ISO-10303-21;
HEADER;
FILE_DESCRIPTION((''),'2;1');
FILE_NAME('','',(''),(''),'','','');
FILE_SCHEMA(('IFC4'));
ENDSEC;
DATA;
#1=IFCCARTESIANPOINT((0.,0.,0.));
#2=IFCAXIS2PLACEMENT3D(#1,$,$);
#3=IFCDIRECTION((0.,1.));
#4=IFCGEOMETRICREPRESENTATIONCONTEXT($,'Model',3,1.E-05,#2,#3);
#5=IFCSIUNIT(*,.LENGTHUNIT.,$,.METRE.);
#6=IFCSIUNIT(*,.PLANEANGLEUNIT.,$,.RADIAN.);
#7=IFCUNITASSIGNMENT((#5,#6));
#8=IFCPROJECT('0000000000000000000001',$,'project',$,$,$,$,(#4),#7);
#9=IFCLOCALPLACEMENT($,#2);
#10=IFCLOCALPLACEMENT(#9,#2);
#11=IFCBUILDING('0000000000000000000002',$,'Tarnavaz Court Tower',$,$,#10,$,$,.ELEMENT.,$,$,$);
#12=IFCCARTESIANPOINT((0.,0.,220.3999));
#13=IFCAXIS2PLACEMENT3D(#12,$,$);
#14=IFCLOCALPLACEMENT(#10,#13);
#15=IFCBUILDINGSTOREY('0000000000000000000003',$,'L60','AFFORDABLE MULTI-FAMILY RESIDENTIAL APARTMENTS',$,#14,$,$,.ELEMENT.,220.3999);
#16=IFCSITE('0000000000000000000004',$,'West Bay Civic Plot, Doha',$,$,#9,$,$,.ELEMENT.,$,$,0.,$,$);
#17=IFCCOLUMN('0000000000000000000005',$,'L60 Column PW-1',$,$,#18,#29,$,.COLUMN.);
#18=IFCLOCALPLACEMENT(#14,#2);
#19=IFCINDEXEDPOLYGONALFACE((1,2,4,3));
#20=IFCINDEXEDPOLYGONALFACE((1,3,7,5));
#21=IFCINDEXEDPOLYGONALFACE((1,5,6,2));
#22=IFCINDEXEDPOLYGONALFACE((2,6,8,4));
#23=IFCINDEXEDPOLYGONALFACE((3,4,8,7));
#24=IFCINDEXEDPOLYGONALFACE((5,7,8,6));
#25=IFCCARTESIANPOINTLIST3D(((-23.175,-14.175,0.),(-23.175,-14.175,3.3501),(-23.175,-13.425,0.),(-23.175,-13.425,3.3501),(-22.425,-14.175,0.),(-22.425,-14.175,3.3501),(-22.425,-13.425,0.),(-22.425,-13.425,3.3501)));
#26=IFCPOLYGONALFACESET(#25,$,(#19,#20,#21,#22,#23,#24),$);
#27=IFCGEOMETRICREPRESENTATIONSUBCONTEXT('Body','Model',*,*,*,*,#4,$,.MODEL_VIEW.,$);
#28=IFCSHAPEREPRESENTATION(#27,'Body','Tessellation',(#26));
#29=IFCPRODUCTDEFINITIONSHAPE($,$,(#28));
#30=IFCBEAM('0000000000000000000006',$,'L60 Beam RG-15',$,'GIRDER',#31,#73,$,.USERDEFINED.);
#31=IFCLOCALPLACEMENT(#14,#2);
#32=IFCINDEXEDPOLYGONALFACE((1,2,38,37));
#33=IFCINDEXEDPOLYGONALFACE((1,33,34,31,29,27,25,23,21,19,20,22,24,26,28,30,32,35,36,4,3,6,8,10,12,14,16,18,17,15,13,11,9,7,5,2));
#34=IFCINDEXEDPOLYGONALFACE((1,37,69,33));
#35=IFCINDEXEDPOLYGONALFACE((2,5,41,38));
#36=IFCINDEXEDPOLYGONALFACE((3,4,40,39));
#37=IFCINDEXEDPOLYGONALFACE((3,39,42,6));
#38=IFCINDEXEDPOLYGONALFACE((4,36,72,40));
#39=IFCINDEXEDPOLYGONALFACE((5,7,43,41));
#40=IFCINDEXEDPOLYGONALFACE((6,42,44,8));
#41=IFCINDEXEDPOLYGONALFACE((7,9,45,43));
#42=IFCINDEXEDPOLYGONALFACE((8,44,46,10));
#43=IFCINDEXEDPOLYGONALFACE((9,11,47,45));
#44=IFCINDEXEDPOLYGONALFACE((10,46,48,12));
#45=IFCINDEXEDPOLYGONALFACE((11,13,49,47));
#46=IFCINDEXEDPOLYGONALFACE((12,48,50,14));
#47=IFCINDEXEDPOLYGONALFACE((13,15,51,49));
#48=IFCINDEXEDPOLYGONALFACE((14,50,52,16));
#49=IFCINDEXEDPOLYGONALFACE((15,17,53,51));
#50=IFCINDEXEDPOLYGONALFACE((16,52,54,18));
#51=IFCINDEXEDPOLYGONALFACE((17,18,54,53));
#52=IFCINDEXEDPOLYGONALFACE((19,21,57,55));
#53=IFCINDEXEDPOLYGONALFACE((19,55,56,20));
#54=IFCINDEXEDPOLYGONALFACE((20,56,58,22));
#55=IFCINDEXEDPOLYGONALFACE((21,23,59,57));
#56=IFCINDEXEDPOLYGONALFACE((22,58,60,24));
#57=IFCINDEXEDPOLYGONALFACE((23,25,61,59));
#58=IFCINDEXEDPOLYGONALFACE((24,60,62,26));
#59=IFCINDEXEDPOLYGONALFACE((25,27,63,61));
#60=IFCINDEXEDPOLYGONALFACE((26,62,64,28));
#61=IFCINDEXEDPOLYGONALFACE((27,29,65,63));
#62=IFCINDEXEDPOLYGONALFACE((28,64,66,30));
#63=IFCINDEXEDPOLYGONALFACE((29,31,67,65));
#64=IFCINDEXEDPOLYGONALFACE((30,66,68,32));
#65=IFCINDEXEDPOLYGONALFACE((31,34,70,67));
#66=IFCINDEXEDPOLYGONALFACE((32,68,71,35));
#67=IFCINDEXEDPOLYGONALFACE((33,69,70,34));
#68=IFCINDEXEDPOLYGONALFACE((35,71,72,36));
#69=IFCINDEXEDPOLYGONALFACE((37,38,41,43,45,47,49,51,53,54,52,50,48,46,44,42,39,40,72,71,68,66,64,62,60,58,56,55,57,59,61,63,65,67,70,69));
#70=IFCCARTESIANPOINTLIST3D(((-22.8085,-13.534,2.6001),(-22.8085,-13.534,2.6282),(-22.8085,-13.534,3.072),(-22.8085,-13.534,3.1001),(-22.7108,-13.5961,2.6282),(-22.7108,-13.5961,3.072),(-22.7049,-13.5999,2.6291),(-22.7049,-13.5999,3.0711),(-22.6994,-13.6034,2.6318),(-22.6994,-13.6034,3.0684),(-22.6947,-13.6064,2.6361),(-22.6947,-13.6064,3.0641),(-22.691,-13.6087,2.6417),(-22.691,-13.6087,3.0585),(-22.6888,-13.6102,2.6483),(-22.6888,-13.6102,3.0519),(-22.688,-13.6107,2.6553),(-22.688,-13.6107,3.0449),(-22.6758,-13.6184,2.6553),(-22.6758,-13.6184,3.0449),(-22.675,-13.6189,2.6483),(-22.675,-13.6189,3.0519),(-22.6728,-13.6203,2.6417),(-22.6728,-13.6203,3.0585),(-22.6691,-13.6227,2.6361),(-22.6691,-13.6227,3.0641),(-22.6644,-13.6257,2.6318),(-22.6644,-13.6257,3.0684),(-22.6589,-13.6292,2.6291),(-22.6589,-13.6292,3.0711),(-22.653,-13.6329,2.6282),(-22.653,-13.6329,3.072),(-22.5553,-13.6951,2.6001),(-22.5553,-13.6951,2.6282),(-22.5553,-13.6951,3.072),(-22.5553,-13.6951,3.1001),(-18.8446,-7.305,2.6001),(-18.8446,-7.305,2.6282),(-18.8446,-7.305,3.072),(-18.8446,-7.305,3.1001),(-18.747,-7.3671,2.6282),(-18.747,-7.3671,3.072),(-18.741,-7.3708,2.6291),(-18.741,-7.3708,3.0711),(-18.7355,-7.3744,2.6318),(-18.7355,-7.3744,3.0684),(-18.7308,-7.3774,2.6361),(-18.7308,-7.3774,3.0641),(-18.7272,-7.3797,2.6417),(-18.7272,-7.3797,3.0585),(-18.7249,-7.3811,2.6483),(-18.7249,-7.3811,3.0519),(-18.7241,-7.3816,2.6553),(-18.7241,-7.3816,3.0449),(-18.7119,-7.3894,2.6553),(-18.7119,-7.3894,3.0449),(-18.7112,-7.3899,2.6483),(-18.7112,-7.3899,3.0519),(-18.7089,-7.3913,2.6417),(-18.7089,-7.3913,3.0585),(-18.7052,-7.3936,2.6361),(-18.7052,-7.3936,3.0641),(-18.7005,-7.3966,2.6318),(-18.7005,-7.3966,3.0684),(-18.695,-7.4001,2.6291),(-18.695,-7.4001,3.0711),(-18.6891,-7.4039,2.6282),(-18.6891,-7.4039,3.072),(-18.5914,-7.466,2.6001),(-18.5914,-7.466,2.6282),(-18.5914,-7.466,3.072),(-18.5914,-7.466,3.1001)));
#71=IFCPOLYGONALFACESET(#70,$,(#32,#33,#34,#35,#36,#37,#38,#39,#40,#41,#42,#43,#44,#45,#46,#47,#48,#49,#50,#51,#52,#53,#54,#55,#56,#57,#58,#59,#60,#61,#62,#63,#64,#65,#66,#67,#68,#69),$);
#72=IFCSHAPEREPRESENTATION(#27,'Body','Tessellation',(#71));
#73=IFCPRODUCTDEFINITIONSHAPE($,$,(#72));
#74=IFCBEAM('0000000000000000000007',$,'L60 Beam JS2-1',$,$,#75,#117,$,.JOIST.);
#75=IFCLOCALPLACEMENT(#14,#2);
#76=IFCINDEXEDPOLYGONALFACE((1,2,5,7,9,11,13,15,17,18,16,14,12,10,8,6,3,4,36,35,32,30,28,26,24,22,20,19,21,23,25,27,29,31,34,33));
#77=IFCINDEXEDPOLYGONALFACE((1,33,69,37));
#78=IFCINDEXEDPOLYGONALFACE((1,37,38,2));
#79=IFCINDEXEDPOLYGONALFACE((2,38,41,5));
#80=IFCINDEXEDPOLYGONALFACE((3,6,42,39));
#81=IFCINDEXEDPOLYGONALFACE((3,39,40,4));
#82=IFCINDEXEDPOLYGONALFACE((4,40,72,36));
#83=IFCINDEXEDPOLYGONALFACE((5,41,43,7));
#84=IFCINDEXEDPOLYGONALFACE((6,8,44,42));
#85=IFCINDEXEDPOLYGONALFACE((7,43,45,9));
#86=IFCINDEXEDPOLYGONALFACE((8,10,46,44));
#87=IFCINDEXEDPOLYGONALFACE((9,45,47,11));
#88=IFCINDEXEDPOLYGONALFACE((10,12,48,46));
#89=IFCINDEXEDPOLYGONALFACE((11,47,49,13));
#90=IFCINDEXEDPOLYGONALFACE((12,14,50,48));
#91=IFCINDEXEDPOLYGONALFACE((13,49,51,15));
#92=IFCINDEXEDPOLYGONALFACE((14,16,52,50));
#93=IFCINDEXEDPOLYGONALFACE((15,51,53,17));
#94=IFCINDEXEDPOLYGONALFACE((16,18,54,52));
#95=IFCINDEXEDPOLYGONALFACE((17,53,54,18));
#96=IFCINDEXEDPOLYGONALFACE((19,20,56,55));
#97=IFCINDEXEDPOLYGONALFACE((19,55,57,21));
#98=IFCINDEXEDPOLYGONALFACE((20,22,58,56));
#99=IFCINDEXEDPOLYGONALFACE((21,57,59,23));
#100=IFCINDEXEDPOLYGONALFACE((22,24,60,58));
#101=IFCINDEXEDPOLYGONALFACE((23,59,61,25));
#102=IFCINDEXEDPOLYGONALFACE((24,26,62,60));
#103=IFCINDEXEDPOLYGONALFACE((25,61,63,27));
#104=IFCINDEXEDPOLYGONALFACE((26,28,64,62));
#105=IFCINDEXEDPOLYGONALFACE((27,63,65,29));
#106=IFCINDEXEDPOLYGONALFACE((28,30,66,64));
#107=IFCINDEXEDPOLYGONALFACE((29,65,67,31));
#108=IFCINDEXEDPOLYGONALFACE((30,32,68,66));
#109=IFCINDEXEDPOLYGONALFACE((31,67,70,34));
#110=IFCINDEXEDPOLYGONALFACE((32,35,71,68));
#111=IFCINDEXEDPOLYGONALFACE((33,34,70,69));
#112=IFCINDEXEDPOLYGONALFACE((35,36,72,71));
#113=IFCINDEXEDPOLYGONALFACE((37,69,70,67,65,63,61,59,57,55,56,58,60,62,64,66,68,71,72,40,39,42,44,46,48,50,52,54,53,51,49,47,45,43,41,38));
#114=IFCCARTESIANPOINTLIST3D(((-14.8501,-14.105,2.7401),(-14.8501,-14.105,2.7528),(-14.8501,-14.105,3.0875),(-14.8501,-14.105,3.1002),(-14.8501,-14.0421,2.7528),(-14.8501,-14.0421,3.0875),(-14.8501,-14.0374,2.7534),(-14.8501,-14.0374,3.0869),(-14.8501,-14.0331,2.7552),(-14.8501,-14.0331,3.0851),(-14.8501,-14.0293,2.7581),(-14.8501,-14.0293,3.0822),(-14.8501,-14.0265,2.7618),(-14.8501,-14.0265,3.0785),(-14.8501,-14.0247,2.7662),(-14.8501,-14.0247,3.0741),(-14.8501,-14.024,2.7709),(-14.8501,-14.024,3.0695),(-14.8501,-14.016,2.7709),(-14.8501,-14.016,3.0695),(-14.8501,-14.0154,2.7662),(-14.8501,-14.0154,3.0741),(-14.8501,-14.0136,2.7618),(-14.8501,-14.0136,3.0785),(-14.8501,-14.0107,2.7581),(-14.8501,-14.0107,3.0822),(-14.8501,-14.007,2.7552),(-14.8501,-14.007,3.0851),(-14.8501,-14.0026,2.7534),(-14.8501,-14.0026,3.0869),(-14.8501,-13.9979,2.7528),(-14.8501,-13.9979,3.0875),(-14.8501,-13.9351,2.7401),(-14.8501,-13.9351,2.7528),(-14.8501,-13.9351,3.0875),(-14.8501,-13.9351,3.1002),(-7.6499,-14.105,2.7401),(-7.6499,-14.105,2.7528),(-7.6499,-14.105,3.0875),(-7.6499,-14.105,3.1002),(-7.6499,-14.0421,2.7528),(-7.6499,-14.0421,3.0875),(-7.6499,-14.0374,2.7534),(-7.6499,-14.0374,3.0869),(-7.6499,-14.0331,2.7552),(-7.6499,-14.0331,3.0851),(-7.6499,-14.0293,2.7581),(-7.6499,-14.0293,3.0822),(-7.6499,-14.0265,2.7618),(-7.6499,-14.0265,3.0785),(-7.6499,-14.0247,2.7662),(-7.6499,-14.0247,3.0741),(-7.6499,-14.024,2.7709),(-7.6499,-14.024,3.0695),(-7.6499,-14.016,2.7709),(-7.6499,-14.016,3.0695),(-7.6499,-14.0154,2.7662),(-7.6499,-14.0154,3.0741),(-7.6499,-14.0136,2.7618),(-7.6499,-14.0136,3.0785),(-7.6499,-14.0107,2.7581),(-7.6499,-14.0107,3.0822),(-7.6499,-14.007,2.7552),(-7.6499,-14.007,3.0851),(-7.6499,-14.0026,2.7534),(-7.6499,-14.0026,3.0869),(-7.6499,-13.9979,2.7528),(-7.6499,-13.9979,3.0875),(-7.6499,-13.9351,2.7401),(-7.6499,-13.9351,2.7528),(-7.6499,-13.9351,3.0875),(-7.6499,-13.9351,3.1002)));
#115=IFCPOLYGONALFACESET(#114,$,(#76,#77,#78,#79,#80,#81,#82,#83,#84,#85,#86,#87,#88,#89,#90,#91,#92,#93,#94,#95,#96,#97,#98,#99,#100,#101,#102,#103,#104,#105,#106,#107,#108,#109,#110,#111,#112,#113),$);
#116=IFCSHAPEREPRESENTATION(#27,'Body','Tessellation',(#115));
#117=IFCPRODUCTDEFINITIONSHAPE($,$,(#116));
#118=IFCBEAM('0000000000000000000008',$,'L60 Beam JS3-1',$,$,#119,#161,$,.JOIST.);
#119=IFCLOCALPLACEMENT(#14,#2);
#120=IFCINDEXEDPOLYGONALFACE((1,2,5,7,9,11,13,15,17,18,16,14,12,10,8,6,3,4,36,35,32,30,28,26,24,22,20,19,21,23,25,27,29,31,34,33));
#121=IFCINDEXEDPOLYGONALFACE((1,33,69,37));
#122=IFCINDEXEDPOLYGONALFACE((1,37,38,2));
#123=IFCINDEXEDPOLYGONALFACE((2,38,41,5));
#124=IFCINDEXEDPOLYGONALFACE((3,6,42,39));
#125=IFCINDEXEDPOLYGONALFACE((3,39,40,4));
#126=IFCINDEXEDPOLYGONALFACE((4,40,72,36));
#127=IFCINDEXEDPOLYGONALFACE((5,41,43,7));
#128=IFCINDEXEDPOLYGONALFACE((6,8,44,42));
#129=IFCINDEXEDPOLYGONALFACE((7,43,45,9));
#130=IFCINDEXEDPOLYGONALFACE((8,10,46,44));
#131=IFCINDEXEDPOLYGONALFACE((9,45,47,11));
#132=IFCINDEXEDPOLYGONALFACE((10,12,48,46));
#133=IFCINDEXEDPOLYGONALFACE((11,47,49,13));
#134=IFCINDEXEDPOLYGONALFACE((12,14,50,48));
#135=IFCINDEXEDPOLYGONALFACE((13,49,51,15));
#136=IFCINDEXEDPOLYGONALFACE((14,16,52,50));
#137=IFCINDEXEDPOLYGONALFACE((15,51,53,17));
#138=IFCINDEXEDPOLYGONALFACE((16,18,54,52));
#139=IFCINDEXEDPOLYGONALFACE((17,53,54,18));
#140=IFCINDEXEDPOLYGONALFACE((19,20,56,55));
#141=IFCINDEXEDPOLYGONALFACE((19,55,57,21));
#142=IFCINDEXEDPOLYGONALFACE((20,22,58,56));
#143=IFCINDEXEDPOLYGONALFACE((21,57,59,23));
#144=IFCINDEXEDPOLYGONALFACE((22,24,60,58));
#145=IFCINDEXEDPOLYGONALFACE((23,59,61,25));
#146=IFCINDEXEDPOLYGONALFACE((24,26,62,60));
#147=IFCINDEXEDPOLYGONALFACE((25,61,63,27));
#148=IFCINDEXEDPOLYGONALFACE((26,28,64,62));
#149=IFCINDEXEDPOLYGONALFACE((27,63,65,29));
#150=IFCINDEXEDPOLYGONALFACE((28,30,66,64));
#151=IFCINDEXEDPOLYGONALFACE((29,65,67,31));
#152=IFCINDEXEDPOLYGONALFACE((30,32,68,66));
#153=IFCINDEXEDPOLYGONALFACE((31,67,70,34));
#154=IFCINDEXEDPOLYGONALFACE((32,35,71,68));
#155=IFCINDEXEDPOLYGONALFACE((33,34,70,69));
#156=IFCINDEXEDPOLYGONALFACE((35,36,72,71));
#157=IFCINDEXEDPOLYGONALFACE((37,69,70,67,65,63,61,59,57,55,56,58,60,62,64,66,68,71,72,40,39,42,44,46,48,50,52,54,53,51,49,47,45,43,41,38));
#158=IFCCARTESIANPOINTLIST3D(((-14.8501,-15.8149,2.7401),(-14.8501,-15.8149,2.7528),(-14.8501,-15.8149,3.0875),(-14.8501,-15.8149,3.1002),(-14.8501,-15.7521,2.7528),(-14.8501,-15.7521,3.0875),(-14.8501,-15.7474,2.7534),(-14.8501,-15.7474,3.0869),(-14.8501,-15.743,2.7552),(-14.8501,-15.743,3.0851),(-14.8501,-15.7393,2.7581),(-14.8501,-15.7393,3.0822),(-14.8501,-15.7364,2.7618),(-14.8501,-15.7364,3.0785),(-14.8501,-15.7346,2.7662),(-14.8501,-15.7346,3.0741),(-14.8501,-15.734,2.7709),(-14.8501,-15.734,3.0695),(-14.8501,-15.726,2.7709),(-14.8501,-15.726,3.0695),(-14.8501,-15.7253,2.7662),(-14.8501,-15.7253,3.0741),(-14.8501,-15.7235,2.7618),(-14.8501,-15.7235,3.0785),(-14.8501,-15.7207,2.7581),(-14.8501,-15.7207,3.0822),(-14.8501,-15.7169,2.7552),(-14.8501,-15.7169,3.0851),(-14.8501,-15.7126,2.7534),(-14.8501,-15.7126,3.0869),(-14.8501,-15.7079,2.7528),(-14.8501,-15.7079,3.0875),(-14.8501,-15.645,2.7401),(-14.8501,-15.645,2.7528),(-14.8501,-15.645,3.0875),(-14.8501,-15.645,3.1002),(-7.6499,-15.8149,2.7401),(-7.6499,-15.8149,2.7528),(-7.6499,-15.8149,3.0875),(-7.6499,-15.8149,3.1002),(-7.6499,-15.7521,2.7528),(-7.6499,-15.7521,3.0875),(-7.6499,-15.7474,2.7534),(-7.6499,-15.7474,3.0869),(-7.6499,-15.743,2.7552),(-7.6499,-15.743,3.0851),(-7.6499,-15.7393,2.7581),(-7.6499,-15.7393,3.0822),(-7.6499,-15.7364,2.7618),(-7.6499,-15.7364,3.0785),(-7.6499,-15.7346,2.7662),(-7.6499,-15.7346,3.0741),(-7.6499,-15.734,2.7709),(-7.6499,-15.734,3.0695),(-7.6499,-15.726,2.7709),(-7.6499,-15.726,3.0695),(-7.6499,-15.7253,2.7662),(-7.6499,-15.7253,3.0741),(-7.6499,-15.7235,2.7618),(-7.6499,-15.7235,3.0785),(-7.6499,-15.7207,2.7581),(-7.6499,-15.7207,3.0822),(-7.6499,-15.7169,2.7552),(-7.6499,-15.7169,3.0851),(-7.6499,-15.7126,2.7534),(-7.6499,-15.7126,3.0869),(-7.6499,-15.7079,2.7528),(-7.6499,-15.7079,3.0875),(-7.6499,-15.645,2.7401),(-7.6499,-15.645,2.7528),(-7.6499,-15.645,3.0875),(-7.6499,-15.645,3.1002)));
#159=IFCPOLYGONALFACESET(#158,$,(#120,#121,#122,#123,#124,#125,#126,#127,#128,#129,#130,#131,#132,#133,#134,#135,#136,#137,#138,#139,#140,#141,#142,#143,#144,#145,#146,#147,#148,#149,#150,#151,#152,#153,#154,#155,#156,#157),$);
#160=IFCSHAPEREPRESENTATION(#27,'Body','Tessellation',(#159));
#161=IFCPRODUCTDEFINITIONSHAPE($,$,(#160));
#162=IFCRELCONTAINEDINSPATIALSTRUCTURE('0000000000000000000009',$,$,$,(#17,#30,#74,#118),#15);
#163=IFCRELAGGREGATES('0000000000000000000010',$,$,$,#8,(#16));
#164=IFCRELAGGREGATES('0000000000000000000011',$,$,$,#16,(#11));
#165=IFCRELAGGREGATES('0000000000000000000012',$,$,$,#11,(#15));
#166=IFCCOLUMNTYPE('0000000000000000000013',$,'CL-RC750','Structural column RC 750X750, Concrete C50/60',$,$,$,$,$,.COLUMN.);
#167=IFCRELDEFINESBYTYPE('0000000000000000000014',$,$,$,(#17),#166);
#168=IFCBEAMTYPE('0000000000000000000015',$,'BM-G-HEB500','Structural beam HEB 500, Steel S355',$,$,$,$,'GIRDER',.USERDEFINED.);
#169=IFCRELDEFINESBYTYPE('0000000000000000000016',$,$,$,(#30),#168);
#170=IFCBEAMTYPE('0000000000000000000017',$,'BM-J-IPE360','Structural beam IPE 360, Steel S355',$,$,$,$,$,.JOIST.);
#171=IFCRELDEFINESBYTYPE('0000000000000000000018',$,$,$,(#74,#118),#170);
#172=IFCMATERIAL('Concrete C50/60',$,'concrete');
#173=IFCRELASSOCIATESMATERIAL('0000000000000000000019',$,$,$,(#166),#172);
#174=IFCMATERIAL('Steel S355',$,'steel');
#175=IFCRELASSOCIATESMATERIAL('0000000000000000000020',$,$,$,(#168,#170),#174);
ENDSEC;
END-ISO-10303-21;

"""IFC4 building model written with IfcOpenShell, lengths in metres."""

from ifc_helpers import new_model, si_unit, direction, frame, origin, origin_2d, place, context, subcontext, project, spatial, rectangle, i_section, extrude, material, material_profile, profile_set, type_object, element, save


model = new_model("IFC4")

# Units and contexts
model_context = context("Model", 3, precision=1e-05, world=origin(), true_north=direction((0.0, 1.0)))
body_context = subcontext(model_context, "Body", "Model", "MODEL_VIEW")
ifc_project = project(units=[si_unit("LENGTHUNIT", "METRE"), si_unit("PLANEANGLEUNIT", "RADIAN")], contexts=[model_context])

# Site, building, storey
site_placement = place(None, origin())
site = spatial("IfcSite", under=ifc_project, at=site_placement, Name="West Bay Civic Plot, Doha", CompositionType="ELEMENT", RefElevation=0.0)
building_placement = place(site_placement, origin())
building = spatial("IfcBuilding", under=site, at=building_placement, Name="Tarnavaz Court Tower", CompositionType="ELEMENT")
storey_placement = place(building_placement, frame((0.0, 0.0, 220.3999)))
storey = spatial("IfcBuildingStorey", under=building, at=storey_placement, Name="L60", Description="AFFORDABLE MULTI-FAMILY RESIDENTIAL APARTMENTS", CompositionType="ELEMENT", Elevation=220.3999)

# Column
ifc_material_1 = material(Name="Concrete C50/60", Category="concrete")
ifc_material_profile_1 = material_profile(ifc_material_1, rectangle(XDim=0.75, YDim=0.75, at=origin_2d()), Name="RC 750X750")
ifc_profile_set_1 = profile_set([ifc_material_profile_1], Name="Concrete C50/60")
column_type = type_object("IfcColumnType", Name="CL-RC750", Description="Structural column RC 750X750, Concrete C50/60", PredefinedType="COLUMN", material=ifc_profile_set_1)
column_placement = place(storey_placement, frame((-22.8, -13.8, 0.0), z_axis=(0.0, 0.0, 1.0), x_axis=(1.0, 0.0, 0.0)))
element("IfcColumn", 1, at=column_placement, inside=storey, type_object=column_type, Name="L60 Column PW-1", PredefinedType="COLUMN", context=body_context, shape_type="SweptSolid", body=[
    extrude(rectangle(XDim=0.75, YDim=0.75, at=origin_2d()), origin(), (0.0, 0.0, 1.0), 3.3501),
])

# Beams
ifc_material_2 = material(Name="Steel S355", Category="steel")
ifc_material_profile_2 = material_profile(ifc_material_2, i_section(OverallWidth=0.3, OverallDepth=0.5, WebThickness=0.0144, FlangeThickness=0.0281, FilletRadius=0.0271, at=origin_2d()), Name="HEB 500")
ifc_profile_set_2 = profile_set([ifc_material_profile_2], Name="Steel S355")
beam_type_1 = type_object("IfcBeamType", Name="BM-G-HEB500", Description="Structural beam HEB 500, Steel S355", ElementType="GIRDER", PredefinedType="USERDEFINED", material=ifc_profile_set_2)
beam_1_placement = place(storey_placement, frame((-18.718, -7.3855, 2.8501), z_axis=(-0.536871, -0.843664, 0.0), x_axis=(0.843664, -0.536871, 0.0)))
element("IfcBeam", 2, at=beam_1_placement, inside=storey, type_object=beam_type_1, Name="L60 Beam RG-15", ObjectType="GIRDER", PredefinedType="USERDEFINED", context=body_context, shape_type="SweptSolid", body=[
    extrude(i_section(OverallWidth=0.3, OverallDepth=0.5, WebThickness=0.0144, FlangeThickness=0.0281, FilletRadius=0.0271, at=origin_2d()), origin(), (0.0, 0.0, 1.0), 7.3833),
])
ifc_material_profile_3 = material_profile(ifc_material_2, i_section(OverallWidth=0.1699, OverallDepth=0.3601, WebThickness=0.0081, FlangeThickness=0.0127, FilletRadius=0.0181, at=origin_2d()), Name="IPE 360")
ifc_profile_set_3 = profile_set([ifc_material_profile_3], Name="Steel S355")
beam_type_2 = type_object("IfcBeamType", Name="BM-J-IPE360", Description="Structural beam IPE 360, Steel S355", PredefinedType="JOIST", material=ifc_profile_set_3)
for number, where, z_axis, x_axis, name in (
    (3, (-14.8501, -14.02, 2.9202), (1.0, 0.0, 0.0), (0.0, 1.0, 0.0), "L60 Beam JS2-1"),
    (4, (-14.8501, -15.73, 2.9202), (1.0, 0.0, 0.0), (0.0, 1.0, 0.0), "L60 Beam JS3-1"),
):
    element("IfcBeam", number, at=place(storey_placement, frame(where, z_axis=z_axis, x_axis=x_axis)), inside=storey, type_object=beam_type_2, Name=name, PredefinedType="JOIST", context=body_context, shape_type="SweptSolid", body=[
        extrude(i_section(OverallWidth=0.1699, OverallDepth=0.3601, WebThickness=0.0081, FlangeThickness=0.0127, FilletRadius=0.0181, at=origin_2d()), origin(), (0.0, 0.0, 1.0), 7.2002),
    ])

save(model, "model.ifc")
